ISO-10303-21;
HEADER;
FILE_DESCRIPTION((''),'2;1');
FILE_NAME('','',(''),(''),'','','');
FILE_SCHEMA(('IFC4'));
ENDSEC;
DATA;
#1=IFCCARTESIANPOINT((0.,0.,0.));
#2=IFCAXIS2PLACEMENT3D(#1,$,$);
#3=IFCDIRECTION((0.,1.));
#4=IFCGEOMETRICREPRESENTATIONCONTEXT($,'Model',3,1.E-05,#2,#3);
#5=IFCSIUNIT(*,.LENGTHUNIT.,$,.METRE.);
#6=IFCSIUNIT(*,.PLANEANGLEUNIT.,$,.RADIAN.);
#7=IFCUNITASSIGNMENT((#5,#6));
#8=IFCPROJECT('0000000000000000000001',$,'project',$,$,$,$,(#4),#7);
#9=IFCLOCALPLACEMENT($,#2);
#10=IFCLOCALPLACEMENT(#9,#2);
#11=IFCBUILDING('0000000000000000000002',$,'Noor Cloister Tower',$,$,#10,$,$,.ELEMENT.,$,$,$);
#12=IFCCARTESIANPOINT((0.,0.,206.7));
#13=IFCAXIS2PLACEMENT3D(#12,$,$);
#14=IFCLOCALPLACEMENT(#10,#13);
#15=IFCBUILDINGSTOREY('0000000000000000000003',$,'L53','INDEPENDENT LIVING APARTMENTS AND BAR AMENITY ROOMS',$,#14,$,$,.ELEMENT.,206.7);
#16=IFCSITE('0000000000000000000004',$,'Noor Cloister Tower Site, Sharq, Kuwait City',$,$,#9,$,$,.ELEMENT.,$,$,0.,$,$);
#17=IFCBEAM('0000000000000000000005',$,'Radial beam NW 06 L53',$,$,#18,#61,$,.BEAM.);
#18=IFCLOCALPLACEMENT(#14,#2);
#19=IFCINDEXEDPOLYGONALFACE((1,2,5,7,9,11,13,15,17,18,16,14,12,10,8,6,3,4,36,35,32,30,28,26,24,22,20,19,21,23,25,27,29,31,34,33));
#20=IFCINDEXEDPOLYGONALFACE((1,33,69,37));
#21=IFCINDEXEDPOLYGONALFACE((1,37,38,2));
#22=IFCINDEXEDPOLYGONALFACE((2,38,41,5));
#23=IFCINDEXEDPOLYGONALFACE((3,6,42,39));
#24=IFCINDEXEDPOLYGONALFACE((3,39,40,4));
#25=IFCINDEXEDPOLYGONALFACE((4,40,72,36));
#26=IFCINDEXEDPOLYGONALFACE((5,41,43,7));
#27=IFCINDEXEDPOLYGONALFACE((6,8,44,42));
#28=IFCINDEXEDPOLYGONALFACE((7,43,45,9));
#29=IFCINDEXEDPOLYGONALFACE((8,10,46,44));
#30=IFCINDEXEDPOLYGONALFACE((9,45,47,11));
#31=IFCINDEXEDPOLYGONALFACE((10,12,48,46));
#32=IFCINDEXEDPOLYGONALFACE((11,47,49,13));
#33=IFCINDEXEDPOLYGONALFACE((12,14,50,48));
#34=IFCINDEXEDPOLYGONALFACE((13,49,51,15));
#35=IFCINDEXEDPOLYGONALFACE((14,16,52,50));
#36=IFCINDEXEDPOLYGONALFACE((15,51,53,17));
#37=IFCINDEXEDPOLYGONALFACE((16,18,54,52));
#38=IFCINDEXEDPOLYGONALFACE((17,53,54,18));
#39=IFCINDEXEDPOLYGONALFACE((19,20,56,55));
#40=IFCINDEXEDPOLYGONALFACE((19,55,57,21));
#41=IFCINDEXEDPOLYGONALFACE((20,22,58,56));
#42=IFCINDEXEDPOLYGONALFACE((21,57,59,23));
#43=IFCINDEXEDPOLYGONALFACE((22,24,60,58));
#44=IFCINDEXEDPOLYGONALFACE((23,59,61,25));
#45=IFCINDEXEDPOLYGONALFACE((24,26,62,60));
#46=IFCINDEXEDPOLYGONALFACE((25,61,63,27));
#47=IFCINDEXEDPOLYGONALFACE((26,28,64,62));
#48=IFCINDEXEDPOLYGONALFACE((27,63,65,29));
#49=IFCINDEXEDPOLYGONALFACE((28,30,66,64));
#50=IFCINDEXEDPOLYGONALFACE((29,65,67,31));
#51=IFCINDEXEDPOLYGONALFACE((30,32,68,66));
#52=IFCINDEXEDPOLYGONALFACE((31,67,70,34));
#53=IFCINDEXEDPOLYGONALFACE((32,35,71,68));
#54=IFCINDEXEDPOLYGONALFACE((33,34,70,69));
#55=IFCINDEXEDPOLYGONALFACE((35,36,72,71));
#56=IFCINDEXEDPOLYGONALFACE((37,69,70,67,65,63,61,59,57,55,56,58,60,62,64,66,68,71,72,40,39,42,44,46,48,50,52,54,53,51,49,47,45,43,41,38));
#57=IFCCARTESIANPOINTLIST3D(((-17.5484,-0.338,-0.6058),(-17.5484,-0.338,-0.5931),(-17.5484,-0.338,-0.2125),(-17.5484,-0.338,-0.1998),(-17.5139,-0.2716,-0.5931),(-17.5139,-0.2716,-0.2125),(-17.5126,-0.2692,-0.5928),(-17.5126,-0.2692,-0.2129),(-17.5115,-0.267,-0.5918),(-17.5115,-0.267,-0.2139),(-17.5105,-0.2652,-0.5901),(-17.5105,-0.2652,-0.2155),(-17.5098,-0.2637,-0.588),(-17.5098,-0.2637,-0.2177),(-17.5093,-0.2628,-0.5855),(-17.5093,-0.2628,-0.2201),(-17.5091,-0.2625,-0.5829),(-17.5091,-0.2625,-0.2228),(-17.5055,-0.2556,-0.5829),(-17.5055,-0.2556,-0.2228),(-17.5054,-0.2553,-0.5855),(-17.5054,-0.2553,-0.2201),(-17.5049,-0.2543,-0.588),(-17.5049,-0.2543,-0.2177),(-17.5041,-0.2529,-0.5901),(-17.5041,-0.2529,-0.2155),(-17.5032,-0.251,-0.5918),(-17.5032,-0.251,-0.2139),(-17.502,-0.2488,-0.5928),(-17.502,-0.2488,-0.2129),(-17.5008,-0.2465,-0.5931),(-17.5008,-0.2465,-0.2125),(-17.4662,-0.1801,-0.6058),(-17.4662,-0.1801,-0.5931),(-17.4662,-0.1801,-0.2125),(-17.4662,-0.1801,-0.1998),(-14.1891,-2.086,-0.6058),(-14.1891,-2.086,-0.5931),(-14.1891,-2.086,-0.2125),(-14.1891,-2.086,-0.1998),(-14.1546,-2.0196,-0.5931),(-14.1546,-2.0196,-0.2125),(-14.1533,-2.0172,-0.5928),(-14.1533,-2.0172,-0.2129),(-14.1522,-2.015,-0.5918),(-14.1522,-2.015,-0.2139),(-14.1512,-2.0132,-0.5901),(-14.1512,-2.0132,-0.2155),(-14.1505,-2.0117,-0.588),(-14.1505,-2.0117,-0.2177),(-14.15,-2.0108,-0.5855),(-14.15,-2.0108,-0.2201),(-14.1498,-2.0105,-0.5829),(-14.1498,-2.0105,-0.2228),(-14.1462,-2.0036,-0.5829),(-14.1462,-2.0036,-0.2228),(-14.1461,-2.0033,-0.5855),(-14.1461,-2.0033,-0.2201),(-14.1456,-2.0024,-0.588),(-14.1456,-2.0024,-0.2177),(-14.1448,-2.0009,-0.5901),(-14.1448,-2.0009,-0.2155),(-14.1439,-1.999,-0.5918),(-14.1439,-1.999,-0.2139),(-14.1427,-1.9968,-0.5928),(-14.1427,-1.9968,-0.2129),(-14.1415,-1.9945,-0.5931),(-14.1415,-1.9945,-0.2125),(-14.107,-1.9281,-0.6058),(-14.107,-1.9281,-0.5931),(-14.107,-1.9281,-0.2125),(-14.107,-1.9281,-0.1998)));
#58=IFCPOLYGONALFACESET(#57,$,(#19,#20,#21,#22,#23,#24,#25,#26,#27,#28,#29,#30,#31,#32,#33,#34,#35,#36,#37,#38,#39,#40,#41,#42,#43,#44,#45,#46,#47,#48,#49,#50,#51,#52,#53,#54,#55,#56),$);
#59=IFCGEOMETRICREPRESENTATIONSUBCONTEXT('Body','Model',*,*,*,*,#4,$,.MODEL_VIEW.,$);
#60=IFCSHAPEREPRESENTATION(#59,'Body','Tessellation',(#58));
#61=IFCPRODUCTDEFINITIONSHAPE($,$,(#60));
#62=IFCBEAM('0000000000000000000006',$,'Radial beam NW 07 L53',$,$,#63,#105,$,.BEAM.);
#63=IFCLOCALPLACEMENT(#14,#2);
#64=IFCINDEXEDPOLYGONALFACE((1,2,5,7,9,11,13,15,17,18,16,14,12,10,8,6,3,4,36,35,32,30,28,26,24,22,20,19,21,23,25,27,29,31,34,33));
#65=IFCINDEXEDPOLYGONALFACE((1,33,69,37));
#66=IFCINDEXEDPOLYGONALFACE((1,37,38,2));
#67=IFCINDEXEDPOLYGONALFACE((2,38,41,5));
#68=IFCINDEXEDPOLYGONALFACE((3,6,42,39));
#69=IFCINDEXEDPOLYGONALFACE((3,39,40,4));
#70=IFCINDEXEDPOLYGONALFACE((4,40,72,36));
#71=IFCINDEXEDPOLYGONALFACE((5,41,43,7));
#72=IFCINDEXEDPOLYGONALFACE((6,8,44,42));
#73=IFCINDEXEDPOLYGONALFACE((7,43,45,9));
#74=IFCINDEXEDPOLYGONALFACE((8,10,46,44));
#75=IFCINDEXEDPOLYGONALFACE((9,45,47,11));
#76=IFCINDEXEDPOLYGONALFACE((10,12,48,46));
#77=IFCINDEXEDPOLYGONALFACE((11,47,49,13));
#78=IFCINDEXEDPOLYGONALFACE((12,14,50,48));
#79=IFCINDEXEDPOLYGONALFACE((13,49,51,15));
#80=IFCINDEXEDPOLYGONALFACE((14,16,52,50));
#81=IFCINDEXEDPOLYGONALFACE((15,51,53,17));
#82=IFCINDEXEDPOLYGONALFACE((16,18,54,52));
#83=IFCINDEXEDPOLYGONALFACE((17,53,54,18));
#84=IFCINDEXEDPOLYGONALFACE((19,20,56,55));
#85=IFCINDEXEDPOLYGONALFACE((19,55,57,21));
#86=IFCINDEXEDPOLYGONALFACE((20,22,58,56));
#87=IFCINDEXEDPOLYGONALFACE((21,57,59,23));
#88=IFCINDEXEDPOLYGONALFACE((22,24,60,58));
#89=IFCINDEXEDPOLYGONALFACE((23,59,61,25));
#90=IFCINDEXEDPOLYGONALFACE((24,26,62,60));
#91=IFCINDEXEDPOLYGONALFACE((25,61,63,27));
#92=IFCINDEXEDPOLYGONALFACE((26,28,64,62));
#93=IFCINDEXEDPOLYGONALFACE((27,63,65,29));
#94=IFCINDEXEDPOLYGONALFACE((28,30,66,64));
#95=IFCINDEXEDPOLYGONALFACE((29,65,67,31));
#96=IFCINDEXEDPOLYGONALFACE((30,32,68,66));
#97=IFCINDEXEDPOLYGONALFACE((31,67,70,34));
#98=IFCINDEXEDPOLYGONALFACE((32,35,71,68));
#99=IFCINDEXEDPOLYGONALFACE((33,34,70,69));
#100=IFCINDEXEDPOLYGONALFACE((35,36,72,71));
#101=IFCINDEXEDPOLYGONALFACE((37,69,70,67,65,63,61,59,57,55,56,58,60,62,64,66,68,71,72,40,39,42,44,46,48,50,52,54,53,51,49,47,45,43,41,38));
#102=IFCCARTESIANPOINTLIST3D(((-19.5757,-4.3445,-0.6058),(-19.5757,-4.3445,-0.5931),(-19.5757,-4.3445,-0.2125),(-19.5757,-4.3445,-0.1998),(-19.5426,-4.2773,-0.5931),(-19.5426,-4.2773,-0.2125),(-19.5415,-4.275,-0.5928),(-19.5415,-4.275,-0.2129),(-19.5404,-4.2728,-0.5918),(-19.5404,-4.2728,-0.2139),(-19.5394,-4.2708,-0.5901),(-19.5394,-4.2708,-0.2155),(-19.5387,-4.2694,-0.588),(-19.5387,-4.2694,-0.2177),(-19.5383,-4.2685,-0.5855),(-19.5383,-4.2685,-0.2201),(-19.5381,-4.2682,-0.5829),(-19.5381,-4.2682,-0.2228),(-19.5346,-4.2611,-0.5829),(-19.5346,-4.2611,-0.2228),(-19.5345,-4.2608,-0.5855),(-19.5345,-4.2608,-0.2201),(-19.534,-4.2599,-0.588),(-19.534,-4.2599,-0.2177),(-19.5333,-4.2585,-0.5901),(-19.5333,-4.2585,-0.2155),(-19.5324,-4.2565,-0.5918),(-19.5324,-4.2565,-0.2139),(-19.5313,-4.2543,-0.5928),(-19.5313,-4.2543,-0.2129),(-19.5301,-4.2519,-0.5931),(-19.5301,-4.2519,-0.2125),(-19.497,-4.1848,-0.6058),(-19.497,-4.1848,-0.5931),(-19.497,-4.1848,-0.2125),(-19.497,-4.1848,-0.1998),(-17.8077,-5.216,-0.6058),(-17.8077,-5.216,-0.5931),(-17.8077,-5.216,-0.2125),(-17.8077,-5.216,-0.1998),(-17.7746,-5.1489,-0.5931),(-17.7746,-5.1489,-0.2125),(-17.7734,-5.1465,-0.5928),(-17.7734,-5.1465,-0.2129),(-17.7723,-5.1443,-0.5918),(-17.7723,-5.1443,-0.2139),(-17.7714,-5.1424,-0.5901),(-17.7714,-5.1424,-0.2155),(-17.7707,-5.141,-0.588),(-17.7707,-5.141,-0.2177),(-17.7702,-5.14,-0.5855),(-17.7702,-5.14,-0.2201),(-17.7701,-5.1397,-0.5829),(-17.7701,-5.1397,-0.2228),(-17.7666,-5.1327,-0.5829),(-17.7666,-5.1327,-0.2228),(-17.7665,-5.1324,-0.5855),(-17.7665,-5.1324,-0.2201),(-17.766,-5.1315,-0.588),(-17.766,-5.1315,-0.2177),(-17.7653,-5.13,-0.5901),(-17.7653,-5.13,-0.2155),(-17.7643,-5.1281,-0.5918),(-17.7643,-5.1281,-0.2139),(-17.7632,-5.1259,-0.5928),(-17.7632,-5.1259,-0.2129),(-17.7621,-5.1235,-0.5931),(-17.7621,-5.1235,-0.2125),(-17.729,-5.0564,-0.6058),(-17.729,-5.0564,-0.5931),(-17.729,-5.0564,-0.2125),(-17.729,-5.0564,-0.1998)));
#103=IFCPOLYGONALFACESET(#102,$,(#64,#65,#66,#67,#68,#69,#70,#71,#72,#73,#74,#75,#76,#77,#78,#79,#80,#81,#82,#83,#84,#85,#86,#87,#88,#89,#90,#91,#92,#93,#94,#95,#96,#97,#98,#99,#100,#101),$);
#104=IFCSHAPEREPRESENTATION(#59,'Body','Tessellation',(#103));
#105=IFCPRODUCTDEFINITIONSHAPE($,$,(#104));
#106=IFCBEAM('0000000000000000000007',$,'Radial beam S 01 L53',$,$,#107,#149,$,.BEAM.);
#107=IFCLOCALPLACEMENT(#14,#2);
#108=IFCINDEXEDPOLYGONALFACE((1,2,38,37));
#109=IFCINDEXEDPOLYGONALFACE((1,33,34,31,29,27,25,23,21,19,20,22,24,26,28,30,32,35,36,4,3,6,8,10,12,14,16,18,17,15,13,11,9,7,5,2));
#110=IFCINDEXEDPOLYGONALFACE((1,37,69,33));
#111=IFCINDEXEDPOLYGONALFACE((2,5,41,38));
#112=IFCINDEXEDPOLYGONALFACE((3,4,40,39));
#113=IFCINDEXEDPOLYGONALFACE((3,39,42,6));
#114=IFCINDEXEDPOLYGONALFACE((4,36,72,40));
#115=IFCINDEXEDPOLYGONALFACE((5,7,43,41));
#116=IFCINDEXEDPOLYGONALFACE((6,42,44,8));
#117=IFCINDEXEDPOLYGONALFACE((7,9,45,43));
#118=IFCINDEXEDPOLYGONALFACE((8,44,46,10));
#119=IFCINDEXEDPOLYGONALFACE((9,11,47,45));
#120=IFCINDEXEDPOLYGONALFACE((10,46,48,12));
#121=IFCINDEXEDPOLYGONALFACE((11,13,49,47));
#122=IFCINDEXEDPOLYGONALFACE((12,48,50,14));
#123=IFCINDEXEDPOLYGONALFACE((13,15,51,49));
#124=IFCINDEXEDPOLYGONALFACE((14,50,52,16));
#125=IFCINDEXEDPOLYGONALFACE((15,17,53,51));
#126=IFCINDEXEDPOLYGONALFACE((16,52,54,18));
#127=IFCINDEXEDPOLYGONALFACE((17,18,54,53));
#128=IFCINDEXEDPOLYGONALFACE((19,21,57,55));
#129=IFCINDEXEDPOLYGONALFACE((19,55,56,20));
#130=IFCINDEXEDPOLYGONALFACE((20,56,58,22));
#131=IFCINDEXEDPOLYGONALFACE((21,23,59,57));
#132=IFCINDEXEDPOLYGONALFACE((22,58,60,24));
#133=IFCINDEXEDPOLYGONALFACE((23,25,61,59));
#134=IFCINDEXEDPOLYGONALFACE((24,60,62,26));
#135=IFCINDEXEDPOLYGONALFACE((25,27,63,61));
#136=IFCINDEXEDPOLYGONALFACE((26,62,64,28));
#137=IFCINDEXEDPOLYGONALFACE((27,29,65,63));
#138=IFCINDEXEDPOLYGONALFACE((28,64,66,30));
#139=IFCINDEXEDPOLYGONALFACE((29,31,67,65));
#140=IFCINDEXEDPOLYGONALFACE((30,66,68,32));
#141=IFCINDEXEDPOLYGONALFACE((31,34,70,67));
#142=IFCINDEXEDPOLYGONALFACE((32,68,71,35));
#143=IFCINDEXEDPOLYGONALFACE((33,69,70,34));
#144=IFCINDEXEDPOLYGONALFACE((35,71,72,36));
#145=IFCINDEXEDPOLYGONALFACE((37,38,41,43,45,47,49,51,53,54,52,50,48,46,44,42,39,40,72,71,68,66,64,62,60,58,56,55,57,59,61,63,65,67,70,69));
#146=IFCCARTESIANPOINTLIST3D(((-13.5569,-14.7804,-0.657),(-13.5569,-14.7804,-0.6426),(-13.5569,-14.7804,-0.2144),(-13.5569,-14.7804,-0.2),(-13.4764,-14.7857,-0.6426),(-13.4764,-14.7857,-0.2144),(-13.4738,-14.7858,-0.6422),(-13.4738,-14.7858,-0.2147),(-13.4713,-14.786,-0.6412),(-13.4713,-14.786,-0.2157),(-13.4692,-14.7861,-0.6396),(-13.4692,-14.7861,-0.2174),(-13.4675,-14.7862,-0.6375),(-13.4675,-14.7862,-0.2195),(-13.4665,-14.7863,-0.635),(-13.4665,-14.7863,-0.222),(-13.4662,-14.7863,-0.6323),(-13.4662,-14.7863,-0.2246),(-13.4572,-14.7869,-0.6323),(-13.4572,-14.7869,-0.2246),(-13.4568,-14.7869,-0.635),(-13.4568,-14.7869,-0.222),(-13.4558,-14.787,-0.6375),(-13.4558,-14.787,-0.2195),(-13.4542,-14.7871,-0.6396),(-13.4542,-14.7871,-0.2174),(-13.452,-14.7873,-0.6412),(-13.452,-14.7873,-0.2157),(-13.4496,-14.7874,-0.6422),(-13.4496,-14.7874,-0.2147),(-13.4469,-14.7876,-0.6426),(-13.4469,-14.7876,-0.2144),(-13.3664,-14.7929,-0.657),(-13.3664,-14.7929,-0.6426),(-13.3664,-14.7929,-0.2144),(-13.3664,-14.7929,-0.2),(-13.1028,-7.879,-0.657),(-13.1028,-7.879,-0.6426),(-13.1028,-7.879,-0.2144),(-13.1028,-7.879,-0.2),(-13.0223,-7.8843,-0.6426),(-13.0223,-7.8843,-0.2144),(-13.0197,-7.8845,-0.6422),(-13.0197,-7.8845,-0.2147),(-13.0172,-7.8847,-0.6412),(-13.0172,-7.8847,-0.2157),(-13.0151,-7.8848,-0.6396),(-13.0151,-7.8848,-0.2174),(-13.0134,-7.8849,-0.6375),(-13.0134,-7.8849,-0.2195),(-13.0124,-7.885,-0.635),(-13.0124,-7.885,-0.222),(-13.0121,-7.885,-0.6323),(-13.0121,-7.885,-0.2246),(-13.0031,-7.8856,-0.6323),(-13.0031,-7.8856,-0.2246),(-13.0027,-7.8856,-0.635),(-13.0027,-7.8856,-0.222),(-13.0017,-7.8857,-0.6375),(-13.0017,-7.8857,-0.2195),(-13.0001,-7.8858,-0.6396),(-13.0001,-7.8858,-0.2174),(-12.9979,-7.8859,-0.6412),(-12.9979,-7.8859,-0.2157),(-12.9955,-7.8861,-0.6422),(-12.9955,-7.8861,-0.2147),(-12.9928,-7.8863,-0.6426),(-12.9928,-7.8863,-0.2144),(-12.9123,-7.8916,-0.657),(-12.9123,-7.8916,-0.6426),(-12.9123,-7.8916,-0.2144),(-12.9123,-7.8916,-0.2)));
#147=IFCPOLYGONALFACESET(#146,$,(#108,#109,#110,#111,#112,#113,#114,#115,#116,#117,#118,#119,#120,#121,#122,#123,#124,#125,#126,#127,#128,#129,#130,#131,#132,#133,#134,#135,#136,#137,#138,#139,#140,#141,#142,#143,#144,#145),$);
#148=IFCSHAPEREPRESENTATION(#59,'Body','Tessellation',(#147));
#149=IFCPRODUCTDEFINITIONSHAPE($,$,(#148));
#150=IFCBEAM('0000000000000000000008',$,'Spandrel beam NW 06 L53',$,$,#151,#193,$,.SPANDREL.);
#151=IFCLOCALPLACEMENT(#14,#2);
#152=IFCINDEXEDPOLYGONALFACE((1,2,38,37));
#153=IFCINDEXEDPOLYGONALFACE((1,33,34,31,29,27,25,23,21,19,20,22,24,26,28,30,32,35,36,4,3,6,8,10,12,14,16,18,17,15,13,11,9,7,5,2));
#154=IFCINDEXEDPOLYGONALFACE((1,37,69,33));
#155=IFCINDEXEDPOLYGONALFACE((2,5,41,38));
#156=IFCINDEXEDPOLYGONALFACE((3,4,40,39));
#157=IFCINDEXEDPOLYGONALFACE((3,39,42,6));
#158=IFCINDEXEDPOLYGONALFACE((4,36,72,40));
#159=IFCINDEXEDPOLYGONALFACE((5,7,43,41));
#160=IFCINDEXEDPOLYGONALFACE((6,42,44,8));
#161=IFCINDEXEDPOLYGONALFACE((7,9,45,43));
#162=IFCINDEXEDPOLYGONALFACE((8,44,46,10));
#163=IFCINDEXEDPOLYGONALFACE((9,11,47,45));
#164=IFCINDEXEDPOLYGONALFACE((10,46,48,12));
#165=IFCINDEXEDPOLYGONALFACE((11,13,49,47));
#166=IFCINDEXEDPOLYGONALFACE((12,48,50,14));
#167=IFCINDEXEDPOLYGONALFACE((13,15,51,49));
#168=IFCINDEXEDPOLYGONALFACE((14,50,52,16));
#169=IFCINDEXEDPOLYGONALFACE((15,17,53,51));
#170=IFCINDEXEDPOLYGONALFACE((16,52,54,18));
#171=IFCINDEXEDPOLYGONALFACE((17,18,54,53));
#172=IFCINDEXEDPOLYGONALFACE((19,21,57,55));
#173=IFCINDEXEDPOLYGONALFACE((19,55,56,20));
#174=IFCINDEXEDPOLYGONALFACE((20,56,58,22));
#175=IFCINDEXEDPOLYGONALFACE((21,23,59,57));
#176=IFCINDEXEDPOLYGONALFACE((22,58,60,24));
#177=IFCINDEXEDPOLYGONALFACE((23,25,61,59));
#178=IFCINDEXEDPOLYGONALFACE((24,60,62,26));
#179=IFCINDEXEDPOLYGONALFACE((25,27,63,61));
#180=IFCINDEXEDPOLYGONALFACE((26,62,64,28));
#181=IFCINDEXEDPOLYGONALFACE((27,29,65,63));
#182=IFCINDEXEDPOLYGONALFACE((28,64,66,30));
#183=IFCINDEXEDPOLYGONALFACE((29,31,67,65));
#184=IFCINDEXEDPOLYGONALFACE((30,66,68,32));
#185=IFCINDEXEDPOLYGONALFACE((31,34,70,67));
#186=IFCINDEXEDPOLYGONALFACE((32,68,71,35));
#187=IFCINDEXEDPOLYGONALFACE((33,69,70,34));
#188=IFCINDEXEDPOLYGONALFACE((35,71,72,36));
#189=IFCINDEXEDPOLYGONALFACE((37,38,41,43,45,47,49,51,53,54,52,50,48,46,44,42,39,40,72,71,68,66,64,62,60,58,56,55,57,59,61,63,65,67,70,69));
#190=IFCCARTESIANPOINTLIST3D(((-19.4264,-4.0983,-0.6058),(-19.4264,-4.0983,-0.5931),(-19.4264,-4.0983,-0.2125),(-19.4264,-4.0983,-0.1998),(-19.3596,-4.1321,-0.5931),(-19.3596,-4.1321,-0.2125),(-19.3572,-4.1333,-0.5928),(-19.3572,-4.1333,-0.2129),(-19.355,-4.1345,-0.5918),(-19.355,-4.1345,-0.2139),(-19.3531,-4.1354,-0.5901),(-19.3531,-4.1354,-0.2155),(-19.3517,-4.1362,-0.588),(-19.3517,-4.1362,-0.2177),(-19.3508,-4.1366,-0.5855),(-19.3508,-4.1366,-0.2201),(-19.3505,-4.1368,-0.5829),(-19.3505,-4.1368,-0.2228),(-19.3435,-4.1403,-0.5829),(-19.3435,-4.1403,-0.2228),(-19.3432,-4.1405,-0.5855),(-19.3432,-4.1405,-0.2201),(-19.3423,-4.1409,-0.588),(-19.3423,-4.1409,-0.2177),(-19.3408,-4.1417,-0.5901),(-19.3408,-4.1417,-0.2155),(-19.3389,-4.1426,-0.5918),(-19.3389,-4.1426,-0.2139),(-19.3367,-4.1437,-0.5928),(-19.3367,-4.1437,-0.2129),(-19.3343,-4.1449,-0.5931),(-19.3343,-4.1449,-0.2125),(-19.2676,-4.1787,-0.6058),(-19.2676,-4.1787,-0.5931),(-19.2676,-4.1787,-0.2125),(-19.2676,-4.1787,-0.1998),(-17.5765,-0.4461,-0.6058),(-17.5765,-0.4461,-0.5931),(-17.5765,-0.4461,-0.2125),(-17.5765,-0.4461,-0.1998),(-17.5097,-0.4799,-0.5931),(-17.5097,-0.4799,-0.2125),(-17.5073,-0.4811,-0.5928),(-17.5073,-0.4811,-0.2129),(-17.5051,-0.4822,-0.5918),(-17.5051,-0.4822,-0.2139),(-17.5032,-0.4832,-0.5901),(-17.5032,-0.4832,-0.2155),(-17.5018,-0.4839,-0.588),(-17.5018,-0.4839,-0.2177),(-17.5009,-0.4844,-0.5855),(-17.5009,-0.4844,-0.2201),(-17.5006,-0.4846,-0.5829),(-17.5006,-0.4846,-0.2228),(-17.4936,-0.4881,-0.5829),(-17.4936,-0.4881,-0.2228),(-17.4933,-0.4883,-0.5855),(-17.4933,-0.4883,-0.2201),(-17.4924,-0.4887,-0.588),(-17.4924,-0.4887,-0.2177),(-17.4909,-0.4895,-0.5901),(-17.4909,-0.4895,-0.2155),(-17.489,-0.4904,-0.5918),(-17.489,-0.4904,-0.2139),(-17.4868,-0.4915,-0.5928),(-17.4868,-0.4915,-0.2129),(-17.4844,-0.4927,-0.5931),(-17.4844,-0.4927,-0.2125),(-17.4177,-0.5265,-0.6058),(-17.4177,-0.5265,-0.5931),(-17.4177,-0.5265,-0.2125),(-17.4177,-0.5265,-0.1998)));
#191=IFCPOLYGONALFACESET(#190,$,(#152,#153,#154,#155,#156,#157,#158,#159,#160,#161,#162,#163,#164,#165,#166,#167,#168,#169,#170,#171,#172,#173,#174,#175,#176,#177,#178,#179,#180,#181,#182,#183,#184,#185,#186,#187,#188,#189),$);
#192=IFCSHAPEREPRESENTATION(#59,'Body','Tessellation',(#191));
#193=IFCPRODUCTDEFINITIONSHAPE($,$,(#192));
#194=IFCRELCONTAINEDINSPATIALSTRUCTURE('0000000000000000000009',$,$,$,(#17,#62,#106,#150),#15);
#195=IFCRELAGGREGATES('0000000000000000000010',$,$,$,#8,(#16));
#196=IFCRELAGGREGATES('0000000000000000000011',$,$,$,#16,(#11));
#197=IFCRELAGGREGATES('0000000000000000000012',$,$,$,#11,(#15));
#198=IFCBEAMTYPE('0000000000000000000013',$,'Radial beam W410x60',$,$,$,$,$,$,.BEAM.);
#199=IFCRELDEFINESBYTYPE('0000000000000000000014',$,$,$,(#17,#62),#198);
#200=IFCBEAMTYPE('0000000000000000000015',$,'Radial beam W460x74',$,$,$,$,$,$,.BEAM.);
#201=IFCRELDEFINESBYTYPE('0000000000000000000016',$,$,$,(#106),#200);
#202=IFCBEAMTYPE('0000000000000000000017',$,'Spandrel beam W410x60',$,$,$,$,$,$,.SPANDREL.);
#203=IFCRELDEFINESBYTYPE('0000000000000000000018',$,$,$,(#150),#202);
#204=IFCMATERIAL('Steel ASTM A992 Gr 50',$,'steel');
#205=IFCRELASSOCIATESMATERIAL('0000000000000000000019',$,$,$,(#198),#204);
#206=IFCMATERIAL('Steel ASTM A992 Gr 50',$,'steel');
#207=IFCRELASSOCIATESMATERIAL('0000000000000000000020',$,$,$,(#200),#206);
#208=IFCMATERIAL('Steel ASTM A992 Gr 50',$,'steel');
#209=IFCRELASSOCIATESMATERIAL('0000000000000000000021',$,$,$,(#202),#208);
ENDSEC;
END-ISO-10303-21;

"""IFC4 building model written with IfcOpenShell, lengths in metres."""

from ifc_helpers import new_model, si_unit, direction, frame, origin, origin_2d, place, context, subcontext, project, spatial, i_section, extrude, material, material_profile, profile_set, type_object, element, save


model = new_model("IFC4")

# Units and contexts
model_context = context("Model", 3, precision=1e-05, world=origin(), true_north=direction((0.0, 1.0)))
body_context = subcontext(model_context, "Body", "Model", "MODEL_VIEW")
ifc_project = project(units=[si_unit("LENGTHUNIT", "METRE"), si_unit("PLANEANGLEUNIT", "RADIAN")], contexts=[model_context])

# Site, building, storey
site_placement = place(None, origin())
site = spatial("IfcSite", under=ifc_project, at=site_placement, Name="Noor Cloister Tower Site, Sharq, Kuwait City", CompositionType="ELEMENT", RefElevation=0.0)
building_placement = place(site_placement, origin())
building = spatial("IfcBuilding", under=site, at=building_placement, Name="Noor Cloister Tower", CompositionType="ELEMENT")
storey_placement = place(building_placement, frame((0.0, 0.0, 206.7)))
storey = spatial("IfcBuildingStorey", under=building, at=storey_placement, Name="L53", Description="INDEPENDENT LIVING APARTMENTS AND BAR AMENITY ROOMS", CompositionType="ELEMENT", Elevation=206.7)

# Beams
ifc_material_1 = material(Name="Steel ASTM A992 Gr 50", Category="steel")
ifc_material_profile_1 = material_profile(ifc_material_1, i_section(OverallWidth=0.178, OverallDepth=0.406, WebThickness=0.0078, FlangeThickness=0.0127, FilletRadius=0.0103, at=origin_2d()), Name="W410x60")
ifc_profile_set_1 = profile_set([ifc_material_profile_1], Name="Steel ASTM A992 Gr 50")
beam_type_1 = type_object("IfcBeamType", Name="Radial beam W410x60", PredefinedType="BEAM", material=ifc_profile_set_1)
beam_1_placement = place(storey_placement, frame((-17.5073, -0.259, -0.4028), z_axis=(0.88709, -0.461596, 0.0), x_axis=(0.461596, 0.88709, 0.0)))
element("IfcBeam", 1, at=beam_1_placement, inside=storey, type_object=beam_type_1, Name="Radial beam NW 06 L53", PredefinedType="BEAM", context=body_context, shape_type="SweptSolid", body=[
    extrude(i_section(OverallWidth=0.178, OverallDepth=0.406, WebThickness=0.0078, FlangeThickness=0.0127, FilletRadius=0.0103, at=origin_2d()), origin(), (0.0, 0.0, 1.0), 3.7869),
])
beam_2_placement = place(storey_placement, frame((-19.5364, -4.2646, -0.4028), z_axis=(0.89694, -0.442153, 0.0), x_axis=(0.442153, 0.89694, 0.0)))
element("IfcBeam", 2, at=beam_2_placement, inside=storey, type_object=beam_type_1, Name="Radial beam NW 07 L53", PredefinedType="BEAM", context=body_context, shape_type="SweptSolid", body=[
    extrude(i_section(OverallWidth=0.178, OverallDepth=0.406, WebThickness=0.0078, FlangeThickness=0.0127, FilletRadius=0.0103, at=origin_2d()), origin(), (0.0, 0.0, 1.0), 1.9712),
])
ifc_material_2 = material(Name="Steel ASTM A992 Gr 50", Category="steel")
ifc_material_profile_2 = material_profile(ifc_material_2, i_section(OverallWidth=0.1909, OverallDepth=0.457, WebThickness=0.009, FlangeThickness=0.0144, FilletRadius=0.0103, at=origin_2d()), Name="W460x74")
ifc_profile_set_2 = profile_set([ifc_material_profile_2], Name="Steel ASTM A992 Gr 50")
beam_type_2 = type_object("IfcBeamType", Name="Radial beam W460x74", PredefinedType="BEAM", material=ifc_profile_set_2)
beam_3_placement = place(storey_placement, frame((-13.4617, -14.7866, -0.4285), z_axis=(0.065657, 0.997842, 0.0), x_axis=(-0.997842, 0.065657, 0.0)))
element("IfcBeam", 3, at=beam_3_placement, inside=storey, type_object=beam_type_2, Name="Radial beam S 01 L53", PredefinedType="BEAM", context=body_context, shape_type="SweptSolid", body=[
    extrude(i_section(OverallWidth=0.1909, OverallDepth=0.457, WebThickness=0.009, FlangeThickness=0.0144, FilletRadius=0.0103, at=origin_2d()), origin(), (0.0, 0.0, 1.0), 6.9163),
])
ifc_material_3 = material(Name="Steel ASTM A992 Gr 50", Category="steel")
ifc_material_profile_3 = material_profile(ifc_material_3, i_section(OverallWidth=0.178, OverallDepth=0.406, WebThickness=0.0078, FlangeThickness=0.0127, FilletRadius=0.0103, at=origin_2d()), Name="W410x60")
ifc_profile_set_3 = profile_set([ifc_material_profile_3], Name="Steel ASTM A992 Gr 50")
beam_type_3 = type_object("IfcBeamType", Name="Spandrel beam W410x60", PredefinedType="SPANDREL", material=ifc_profile_set_3)
for number, where, z_axis, x_axis, name in (
    (4, (-17.4971, -0.4863, -0.4028), (-0.451859, -0.892089, 0.0), (0.892089, -0.451859, 0.0), "Spandrel beam NW 06 L53"),
):
    element("IfcBeam", number, at=place(storey_placement, frame(where, z_axis=z_axis, x_axis=x_axis)), inside=storey, type_object=beam_type_3, Name=name, PredefinedType="SPANDREL", context=body_context, shape_type="SweptSolid", body=[
        extrude(i_section(OverallWidth=0.178, OverallDepth=0.406, WebThickness=0.0078, FlangeThickness=0.0127, FilletRadius=0.0103, at=origin_2d()), origin(), (0.0, 0.0, 1.0), 4.094),
    ])

save(model, "model.ifc")
